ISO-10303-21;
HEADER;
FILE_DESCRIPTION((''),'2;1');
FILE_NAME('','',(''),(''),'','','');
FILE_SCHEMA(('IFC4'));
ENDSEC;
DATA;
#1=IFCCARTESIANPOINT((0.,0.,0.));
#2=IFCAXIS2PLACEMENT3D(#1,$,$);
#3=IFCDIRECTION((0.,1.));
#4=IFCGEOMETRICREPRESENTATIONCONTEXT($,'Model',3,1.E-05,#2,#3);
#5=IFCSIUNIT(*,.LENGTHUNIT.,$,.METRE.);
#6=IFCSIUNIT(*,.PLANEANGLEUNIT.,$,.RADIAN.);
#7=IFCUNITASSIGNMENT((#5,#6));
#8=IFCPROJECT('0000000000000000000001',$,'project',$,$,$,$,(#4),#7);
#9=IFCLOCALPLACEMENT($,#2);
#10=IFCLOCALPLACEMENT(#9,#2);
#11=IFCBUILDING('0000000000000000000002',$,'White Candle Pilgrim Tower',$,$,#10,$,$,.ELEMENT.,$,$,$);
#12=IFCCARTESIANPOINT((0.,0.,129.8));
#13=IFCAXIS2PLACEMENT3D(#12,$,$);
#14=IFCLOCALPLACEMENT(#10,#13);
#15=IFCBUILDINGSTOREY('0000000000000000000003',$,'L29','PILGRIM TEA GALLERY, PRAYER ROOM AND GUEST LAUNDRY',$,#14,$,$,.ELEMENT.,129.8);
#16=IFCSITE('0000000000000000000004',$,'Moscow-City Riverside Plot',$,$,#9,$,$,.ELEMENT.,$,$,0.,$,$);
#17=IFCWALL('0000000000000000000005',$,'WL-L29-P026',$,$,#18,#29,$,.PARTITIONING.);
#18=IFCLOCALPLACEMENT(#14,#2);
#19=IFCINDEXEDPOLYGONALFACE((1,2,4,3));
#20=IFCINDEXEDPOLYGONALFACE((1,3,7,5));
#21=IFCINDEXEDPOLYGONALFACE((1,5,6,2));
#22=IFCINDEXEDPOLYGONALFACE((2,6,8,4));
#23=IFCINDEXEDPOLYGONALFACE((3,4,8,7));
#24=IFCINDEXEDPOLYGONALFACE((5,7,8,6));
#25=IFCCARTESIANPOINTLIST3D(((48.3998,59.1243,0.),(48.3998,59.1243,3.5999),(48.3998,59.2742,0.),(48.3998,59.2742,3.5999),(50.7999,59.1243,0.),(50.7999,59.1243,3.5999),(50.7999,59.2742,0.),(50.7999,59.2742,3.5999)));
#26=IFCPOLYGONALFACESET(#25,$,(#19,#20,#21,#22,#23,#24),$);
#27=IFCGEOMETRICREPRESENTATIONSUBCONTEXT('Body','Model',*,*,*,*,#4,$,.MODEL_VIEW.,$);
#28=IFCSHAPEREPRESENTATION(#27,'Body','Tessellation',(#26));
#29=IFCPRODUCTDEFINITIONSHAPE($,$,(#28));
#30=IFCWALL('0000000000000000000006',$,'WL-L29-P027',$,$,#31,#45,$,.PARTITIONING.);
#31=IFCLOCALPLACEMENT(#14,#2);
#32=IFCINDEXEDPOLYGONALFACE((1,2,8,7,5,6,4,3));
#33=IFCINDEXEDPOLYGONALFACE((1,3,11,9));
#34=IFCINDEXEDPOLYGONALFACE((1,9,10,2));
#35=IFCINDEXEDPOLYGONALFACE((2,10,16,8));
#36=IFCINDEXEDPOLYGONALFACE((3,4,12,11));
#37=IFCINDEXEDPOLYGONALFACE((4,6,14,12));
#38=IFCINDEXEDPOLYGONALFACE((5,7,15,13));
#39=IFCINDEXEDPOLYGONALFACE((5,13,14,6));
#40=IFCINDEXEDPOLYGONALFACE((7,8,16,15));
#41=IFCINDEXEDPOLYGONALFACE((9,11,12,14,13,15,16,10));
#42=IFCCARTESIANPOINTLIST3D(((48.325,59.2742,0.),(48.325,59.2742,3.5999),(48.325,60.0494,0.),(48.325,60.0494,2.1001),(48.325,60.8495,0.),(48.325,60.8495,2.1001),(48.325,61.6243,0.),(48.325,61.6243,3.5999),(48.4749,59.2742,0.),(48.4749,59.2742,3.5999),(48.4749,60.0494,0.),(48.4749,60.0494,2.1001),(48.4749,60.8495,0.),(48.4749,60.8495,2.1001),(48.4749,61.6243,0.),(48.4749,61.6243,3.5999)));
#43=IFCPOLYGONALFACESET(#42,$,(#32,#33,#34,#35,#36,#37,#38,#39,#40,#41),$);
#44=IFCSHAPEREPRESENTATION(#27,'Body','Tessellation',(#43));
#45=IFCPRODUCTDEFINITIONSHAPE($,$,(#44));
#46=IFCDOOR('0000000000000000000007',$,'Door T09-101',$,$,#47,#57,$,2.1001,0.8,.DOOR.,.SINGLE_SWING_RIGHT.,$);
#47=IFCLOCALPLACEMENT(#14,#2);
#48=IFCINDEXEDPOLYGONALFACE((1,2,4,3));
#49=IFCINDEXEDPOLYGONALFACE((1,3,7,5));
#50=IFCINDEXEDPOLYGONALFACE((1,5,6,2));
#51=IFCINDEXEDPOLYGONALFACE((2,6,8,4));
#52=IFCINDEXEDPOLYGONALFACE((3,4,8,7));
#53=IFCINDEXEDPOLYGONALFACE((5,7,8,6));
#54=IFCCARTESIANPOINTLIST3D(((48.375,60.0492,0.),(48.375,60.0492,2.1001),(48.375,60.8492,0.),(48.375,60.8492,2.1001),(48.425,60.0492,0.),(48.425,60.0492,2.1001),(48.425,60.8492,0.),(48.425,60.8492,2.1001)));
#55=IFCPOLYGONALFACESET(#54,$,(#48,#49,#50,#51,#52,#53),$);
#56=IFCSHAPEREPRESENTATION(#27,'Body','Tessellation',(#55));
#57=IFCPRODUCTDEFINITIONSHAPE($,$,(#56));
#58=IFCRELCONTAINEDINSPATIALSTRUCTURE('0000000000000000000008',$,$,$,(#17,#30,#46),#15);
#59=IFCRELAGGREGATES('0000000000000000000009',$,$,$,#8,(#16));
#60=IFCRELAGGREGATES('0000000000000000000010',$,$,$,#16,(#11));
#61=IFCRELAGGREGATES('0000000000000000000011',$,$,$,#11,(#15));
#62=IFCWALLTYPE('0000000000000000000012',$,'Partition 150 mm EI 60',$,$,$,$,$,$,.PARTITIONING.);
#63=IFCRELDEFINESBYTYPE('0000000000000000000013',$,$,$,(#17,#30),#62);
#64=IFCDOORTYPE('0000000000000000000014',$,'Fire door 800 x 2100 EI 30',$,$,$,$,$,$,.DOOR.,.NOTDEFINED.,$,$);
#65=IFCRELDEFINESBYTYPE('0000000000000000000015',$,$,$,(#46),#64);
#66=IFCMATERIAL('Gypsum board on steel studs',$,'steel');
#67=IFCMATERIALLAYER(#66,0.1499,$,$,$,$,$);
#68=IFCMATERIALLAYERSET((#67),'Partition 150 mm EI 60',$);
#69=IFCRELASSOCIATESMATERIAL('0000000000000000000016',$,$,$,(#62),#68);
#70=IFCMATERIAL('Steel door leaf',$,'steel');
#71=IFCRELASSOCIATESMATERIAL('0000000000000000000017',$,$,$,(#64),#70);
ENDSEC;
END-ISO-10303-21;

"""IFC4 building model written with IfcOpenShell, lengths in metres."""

from ifc_helpers import new_model, si_unit, direction, frame, frame_2d, origin, place, context, subcontext, project, spatial, rectangle, extrude, material, layer, layer_set, type_object, element, fill, save


model = new_model("IFC4")

# Units and contexts
model_context = context("Model", 3, precision=1e-05, world=origin(), true_north=direction((0.0, 1.0)))
body_context = subcontext(model_context, "Body", "Model", "MODEL_VIEW")
ifc_project = project(units=[si_unit("LENGTHUNIT", "METRE"), si_unit("PLANEANGLEUNIT", "RADIAN")], contexts=[model_context])

# Site, building, storey
site_placement = place(None, origin())
site = spatial("IfcSite", under=ifc_project, at=site_placement, Name="Moscow-City Riverside Plot", CompositionType="ELEMENT", RefElevation=0.0)
building_placement = place(site_placement, origin())
building = spatial("IfcBuilding", under=site, at=building_placement, Name="White Candle Pilgrim Tower", CompositionType="ELEMENT")
storey_placement = place(building_placement, frame((0.0, 0.0, 129.8)))
storey = spatial("IfcBuildingStorey", under=building, at=storey_placement, Name="L29", Description="PILGRIM TEA GALLERY, PRAYER ROOM AND GUEST LAUNDRY", CompositionType="ELEMENT", Elevation=129.8)

# Shared definitions
ifc_material_1 = material(Name="Gypsum board on steel studs", Category="steel")
ifc_material_2 = material(Name="Steel door leaf", Category="steel")

# Wall
ifc_layer_1 = layer(ifc_material_1, 0.1499)
ifc_layer_set_1 = layer_set([ifc_layer_1], Name="Partition 150 mm EI 60")
wall_type_1 = type_object("IfcWallType", Name="Partition 150 mm EI 60", PredefinedType="PARTITIONING", material=ifc_layer_set_1)
wall_1_placement = place(storey_placement, frame((50.8, 59.1992, 0.0), z_axis=(0.0, 0.0, 1.0), x_axis=(-1.0, 0.0, 0.0)))
element("IfcWall", 1, at=wall_1_placement, inside=storey, type_object=wall_type_1, Name="WL-L29-P026", PredefinedType="PARTITIONING", context=body_context, shape_type="SweptSolid", body=[
    extrude(rectangle(XDim=2.4001, YDim=0.1499, at=frame_2d((1.2002, 0.0))), origin(), (0.0, 0.0, 1.0), 3.5999),
])

# Wall, opening, door
wall_2_placement = place(storey_placement, frame((48.3999, 61.6243, 0.0), z_axis=(0.0, 0.0, 1.0), x_axis=(0.0, -1.0, 0.0)))
wall_2 = element("IfcWall", 2, at=wall_2_placement, inside=storey, type_object=wall_type_1, Name="WL-L29-P027", PredefinedType="PARTITIONING", context=body_context, shape_type="SweptSolid", body=[
    extrude(rectangle(XDim=2.3501, YDim=0.1499, at=frame_2d((1.175, 0.0))), origin(), (0.0, 0.0, 1.0), 3.5999),
])
opening_1_placement = place(wall_2_placement, frame((0.7749, 0.0, 0.0)))
opening_1 = element("IfcOpeningElement", 3, at=opening_1_placement, cuts=wall_2, PredefinedType="OPENING", context=body_context, shape_type="SweptSolid", body=[
    extrude(rectangle(XDim=0.8, YDim=2.1001, at=frame_2d((0.3999, 1.05))), frame((0.0, 0.085, 0.0), z_axis=(0.0, -1.0, 0.0), x_axis=(1.0, 0.0, 0.0)), (0.0, 0.0, 1.0), 0.1699),
])
door_type_1 = type_object("IfcDoorType", Name="Fire door 800 x 2100 EI 30", OperationType="NOTDEFINED", PredefinedType="DOOR", material=ifc_material_2)
door_1_placement = place(opening_1_placement, frame((0.8, 0.0, 0.0), z_axis=(0.0, 0.0, 1.0), x_axis=(-1.0, 0.0, 0.0)))
door_1 = element("IfcDoor", 4, at=door_1_placement, inside=storey, type_object=door_type_1, Name="Door T09-101", OperationType="SINGLE_SWING_RIGHT", OverallHeight=2.1001, OverallWidth=0.8, PredefinedType="DOOR", context=body_context, shape_type="SweptSolid", body=[
    extrude(rectangle(XDim=0.8, YDim=2.1001, at=frame_2d((0.3999, 1.05))), frame((0.0, 0.0249, 0.0), z_axis=(0.0, -1.0, 0.0), x_axis=(1.0, 0.0, 0.0)), (0.0, 0.0, 1.0), 0.05),
])
fill(opening_1, door_1)

save(model, "model.ifc")
